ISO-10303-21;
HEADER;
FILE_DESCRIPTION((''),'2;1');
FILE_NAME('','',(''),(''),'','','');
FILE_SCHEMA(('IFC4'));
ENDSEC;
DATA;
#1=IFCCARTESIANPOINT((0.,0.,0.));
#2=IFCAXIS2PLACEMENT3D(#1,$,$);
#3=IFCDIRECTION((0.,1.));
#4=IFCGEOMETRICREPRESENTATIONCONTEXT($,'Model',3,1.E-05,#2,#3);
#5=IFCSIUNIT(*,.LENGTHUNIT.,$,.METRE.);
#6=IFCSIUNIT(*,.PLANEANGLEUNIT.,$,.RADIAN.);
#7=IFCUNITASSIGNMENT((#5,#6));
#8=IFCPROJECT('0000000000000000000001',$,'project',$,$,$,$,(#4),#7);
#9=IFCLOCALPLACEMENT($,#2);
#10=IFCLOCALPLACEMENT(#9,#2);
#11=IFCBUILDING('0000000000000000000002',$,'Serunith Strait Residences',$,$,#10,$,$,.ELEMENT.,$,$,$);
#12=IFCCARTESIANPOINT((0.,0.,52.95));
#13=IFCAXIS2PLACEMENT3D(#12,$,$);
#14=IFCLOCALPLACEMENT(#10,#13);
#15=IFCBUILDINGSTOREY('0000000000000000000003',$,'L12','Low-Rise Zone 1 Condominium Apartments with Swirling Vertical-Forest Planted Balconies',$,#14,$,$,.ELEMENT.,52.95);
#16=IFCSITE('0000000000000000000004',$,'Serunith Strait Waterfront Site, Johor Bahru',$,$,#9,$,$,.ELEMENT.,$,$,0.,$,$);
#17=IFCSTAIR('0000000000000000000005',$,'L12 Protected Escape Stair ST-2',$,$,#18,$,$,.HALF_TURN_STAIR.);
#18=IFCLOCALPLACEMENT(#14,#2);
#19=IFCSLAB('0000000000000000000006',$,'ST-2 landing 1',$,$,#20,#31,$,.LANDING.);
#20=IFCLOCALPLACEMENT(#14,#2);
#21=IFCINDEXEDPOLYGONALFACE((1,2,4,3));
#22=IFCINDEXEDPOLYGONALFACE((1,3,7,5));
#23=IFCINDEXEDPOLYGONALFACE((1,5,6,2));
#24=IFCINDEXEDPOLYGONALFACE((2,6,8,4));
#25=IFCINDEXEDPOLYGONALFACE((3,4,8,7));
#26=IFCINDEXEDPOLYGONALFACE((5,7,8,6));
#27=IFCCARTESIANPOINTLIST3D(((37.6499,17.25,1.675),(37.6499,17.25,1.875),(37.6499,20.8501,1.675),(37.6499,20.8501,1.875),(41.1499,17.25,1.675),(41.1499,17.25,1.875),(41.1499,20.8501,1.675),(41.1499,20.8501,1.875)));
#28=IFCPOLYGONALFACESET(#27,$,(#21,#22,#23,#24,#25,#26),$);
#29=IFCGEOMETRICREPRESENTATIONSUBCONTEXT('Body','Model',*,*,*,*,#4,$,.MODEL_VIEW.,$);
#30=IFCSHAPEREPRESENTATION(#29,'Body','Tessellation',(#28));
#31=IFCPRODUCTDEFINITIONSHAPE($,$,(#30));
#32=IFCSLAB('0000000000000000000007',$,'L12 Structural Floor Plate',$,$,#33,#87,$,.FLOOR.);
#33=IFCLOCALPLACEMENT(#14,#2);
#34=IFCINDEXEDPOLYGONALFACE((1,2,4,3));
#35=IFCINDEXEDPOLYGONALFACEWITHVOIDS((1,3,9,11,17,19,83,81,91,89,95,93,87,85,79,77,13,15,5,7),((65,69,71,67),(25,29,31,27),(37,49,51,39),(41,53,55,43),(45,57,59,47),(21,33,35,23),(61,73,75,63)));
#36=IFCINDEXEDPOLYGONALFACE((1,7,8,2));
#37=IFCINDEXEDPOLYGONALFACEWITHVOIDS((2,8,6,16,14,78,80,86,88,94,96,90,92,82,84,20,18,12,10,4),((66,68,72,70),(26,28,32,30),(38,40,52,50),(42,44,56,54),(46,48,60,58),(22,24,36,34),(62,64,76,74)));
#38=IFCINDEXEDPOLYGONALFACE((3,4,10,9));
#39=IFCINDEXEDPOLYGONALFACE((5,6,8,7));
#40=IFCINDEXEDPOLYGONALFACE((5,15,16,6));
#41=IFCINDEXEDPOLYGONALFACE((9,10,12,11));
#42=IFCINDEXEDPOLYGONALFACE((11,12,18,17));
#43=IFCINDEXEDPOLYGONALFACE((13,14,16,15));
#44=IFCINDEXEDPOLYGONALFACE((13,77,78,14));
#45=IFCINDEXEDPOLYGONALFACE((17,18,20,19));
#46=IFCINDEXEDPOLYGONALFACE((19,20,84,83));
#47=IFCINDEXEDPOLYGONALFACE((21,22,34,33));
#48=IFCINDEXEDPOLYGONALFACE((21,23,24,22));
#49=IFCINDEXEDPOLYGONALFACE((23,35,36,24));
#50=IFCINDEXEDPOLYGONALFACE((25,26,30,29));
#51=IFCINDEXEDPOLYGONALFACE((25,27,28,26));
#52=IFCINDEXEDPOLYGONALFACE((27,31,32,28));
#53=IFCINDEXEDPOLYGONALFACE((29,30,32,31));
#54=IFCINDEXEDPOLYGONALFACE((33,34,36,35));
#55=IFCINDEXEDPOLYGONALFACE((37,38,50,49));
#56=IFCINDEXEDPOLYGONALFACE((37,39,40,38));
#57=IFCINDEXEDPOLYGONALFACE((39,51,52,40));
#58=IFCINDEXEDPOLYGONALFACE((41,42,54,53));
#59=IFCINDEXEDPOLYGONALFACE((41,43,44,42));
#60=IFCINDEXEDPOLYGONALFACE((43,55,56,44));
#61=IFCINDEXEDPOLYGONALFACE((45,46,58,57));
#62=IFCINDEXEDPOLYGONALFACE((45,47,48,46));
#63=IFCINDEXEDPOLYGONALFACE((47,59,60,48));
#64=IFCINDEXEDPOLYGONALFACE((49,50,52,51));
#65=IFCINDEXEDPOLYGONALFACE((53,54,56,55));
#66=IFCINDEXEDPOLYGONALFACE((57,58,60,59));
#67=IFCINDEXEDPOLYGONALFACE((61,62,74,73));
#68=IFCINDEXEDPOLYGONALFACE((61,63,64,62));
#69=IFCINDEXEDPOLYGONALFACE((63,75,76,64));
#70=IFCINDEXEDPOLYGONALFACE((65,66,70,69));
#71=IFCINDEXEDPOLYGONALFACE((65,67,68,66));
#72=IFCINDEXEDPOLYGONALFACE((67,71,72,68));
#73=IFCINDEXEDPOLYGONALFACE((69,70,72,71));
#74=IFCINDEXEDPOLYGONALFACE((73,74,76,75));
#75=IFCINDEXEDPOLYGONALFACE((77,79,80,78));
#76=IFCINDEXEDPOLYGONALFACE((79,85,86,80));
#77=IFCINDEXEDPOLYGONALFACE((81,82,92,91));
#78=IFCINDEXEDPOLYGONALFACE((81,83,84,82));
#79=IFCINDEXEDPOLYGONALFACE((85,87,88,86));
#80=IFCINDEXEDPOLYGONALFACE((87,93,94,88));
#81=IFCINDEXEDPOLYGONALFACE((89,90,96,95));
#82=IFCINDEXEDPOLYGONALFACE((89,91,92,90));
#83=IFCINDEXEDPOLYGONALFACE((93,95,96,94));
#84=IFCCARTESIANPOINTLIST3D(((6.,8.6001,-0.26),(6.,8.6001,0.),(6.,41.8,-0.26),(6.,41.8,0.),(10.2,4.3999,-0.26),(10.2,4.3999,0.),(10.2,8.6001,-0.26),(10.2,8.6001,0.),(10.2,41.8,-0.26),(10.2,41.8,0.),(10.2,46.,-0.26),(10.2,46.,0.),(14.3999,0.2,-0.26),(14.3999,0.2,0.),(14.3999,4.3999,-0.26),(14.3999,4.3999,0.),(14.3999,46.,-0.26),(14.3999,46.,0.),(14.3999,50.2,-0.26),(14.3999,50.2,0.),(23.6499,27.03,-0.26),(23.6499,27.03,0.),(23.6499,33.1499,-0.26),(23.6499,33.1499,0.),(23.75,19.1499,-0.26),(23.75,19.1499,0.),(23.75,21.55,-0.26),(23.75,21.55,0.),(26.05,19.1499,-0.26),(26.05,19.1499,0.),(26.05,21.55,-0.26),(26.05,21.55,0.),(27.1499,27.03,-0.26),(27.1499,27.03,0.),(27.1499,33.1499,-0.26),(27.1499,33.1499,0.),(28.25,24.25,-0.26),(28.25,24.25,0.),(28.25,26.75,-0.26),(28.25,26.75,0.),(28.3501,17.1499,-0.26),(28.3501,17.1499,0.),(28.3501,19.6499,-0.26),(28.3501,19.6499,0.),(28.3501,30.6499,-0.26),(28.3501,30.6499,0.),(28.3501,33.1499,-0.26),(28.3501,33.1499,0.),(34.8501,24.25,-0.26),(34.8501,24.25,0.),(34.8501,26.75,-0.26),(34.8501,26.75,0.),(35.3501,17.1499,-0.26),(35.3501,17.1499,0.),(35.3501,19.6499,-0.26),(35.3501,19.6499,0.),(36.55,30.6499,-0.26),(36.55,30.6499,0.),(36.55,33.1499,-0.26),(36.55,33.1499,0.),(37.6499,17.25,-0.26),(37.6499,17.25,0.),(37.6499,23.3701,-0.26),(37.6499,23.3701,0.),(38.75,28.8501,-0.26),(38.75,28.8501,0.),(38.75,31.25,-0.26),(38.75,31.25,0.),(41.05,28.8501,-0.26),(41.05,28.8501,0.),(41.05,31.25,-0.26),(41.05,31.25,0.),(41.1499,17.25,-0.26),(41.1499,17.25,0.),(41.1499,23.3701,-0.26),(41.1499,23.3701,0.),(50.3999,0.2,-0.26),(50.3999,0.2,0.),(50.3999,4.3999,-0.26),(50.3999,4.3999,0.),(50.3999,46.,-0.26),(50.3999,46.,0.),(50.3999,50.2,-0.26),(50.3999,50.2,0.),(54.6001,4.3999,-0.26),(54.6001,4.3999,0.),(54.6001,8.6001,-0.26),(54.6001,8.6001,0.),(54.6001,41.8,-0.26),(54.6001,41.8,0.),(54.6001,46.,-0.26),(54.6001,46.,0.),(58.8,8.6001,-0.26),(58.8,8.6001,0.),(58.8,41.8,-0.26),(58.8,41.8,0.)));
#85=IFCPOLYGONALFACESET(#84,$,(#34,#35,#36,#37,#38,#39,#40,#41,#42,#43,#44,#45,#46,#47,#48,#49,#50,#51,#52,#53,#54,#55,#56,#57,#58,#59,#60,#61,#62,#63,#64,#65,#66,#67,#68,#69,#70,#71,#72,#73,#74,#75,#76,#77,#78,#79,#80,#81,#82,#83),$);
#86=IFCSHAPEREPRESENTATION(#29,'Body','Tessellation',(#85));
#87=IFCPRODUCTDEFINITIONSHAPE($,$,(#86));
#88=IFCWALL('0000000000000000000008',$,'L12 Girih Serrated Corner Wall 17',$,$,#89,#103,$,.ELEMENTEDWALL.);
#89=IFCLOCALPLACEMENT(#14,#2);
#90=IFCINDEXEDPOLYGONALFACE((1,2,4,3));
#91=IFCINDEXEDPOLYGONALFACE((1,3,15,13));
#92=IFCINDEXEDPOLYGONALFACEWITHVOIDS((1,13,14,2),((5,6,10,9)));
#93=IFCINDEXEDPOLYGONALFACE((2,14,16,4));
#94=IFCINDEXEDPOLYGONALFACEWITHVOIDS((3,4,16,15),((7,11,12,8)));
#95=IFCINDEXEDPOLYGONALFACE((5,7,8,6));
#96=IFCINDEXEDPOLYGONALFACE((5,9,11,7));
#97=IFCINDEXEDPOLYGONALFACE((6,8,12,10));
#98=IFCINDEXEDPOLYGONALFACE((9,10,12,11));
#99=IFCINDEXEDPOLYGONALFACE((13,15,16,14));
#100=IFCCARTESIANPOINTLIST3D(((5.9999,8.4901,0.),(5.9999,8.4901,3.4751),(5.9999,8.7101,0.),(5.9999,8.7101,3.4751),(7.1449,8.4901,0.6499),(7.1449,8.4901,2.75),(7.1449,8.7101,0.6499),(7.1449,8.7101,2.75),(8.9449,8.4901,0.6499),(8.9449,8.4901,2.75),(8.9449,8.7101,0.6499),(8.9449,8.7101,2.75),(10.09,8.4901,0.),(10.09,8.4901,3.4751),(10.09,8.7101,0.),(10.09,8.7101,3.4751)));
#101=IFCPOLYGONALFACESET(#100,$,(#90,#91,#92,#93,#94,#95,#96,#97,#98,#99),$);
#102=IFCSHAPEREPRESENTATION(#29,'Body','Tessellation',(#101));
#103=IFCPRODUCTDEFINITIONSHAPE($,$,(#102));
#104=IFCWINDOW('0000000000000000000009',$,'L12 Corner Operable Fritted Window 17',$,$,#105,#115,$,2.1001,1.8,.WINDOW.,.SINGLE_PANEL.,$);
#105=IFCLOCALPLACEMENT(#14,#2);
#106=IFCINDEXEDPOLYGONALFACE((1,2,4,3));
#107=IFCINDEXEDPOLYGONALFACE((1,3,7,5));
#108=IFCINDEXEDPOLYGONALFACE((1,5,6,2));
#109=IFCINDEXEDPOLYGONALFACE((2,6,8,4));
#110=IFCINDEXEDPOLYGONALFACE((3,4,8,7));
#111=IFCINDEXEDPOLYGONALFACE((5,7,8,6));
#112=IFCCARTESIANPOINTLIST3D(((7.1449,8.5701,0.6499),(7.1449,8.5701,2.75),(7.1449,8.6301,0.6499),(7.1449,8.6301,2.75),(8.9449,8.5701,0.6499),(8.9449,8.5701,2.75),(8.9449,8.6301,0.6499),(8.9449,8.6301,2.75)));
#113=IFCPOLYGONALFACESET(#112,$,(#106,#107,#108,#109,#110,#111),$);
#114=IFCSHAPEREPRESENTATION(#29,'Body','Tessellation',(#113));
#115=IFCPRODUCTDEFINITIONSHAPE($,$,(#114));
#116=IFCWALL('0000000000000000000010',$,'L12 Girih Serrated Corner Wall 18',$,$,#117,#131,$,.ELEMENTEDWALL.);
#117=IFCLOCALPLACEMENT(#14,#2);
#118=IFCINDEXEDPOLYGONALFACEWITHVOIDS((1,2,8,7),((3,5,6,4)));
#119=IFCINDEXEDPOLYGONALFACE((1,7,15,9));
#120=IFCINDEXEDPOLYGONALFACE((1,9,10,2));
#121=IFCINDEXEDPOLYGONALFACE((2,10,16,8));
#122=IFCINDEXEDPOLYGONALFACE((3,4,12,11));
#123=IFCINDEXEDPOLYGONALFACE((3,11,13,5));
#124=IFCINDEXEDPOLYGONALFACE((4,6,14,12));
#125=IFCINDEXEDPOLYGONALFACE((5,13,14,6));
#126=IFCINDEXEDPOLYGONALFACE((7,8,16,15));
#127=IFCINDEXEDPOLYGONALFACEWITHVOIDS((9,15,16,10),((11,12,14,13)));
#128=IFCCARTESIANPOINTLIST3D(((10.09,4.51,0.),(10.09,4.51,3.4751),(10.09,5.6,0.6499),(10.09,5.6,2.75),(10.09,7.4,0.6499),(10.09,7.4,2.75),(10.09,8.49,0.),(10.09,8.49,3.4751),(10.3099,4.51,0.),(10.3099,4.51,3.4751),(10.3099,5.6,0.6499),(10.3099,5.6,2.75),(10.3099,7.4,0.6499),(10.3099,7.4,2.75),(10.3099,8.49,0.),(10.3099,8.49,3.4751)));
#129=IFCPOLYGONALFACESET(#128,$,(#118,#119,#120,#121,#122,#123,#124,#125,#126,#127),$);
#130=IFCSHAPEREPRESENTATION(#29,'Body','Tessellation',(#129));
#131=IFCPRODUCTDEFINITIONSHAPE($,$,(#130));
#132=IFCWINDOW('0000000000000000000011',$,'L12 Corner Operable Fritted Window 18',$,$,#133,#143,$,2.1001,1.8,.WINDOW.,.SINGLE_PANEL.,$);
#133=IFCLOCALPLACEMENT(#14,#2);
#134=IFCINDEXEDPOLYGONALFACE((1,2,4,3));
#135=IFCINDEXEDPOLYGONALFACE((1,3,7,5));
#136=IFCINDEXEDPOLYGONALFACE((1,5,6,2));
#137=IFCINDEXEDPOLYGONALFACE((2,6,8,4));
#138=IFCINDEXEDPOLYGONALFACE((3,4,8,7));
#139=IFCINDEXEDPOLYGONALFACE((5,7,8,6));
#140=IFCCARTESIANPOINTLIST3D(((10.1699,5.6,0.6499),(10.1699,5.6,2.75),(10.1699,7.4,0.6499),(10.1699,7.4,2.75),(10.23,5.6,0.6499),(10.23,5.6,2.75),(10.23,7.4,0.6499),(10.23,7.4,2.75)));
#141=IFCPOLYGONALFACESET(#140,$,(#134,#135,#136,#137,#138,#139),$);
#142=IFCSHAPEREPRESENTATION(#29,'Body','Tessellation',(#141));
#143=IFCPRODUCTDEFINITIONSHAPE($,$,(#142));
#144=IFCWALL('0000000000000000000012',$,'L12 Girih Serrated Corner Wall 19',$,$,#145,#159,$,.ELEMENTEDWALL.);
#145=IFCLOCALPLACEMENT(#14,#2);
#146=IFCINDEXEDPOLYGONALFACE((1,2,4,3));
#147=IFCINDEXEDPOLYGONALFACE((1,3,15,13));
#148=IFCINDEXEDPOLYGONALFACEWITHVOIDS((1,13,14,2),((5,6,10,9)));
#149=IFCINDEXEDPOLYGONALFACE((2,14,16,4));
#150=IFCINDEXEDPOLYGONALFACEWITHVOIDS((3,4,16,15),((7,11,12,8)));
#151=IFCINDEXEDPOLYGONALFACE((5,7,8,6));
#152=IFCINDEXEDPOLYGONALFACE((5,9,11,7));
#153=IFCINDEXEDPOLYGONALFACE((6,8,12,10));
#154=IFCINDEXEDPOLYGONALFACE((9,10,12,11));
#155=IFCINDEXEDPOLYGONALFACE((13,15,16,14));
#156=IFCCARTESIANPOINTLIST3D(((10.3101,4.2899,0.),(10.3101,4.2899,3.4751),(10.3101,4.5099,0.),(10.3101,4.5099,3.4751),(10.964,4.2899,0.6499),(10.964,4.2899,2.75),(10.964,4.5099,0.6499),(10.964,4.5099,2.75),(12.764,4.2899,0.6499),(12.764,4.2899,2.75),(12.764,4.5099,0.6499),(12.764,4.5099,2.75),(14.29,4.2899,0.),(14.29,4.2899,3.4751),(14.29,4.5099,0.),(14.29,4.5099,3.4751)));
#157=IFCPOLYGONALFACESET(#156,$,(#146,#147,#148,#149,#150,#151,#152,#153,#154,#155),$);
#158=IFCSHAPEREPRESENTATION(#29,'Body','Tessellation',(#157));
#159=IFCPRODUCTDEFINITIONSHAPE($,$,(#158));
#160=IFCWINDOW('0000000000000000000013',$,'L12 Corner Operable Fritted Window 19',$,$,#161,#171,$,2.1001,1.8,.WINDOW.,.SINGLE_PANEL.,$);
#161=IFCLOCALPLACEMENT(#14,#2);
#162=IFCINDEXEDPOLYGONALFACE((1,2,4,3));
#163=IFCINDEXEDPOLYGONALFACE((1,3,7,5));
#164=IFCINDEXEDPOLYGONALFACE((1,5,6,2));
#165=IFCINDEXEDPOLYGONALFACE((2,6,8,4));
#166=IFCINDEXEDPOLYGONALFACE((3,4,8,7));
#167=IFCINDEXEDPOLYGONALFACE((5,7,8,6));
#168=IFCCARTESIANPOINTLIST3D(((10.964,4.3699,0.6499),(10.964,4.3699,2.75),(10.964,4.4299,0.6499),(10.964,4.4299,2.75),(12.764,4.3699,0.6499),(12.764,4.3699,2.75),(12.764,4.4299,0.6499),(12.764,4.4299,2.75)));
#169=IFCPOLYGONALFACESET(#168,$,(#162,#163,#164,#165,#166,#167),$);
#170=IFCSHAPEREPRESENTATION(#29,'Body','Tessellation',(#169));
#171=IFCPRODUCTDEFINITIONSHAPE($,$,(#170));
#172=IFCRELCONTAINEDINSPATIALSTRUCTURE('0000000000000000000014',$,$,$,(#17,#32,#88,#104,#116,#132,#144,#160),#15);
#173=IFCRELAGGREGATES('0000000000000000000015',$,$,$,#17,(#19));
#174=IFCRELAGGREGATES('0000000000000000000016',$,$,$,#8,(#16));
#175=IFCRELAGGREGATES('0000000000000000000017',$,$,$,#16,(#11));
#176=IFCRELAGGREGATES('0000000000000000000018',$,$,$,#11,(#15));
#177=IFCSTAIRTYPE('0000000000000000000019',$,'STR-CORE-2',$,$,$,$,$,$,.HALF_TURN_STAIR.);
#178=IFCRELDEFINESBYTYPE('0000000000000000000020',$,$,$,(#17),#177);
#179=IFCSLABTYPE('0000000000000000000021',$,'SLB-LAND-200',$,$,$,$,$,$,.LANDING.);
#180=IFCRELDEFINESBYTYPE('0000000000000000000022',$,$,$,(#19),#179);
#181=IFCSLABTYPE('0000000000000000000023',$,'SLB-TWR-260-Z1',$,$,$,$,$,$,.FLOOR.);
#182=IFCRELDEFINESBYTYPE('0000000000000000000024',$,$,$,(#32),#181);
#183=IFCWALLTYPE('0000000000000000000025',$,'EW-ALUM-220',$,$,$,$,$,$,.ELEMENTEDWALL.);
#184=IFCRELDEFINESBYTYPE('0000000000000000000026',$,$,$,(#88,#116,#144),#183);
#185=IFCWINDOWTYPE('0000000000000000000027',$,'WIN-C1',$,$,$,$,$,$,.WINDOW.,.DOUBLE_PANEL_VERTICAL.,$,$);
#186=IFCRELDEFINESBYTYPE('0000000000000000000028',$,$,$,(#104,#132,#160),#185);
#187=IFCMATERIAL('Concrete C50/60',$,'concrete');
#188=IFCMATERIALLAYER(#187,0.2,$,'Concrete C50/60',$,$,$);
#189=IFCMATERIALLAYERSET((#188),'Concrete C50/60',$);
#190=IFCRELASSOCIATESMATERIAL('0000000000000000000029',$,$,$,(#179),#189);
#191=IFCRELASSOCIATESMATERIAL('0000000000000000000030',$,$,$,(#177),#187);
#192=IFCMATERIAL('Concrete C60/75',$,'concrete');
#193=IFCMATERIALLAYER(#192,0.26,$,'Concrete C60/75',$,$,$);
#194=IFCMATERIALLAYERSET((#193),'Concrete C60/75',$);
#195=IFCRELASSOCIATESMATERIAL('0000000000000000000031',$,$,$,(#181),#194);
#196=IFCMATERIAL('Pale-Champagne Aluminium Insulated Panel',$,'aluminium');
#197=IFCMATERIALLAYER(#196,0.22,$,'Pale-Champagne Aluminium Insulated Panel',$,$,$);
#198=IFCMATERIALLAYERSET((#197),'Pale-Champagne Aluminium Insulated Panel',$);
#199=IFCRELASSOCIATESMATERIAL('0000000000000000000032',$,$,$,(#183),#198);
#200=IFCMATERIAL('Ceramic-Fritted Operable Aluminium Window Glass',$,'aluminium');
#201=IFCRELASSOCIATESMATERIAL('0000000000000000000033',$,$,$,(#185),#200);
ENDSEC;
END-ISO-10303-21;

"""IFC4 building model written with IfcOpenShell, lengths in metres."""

from ifc_helpers import new_model, si_unit, direction, frame, frame_2d, origin, place, context, subcontext, project, spatial, polyline, rectangle, outline, extrude, source, transform, mapped, material, layer, layer_set, type_object, element, fill, aggregate, save


model = new_model("IFC4")

# Units and contexts
model_context = context("Model", 3, precision=1e-05, world=origin(), true_north=direction((0.0, 1.0)))
body_context = subcontext(model_context, "Body", "Model", "MODEL_VIEW")
ifc_project = project(units=[si_unit("LENGTHUNIT", "METRE"), si_unit("PLANEANGLEUNIT", "RADIAN")], contexts=[model_context])

# Site, building, storey
site_placement = place(None, origin())
site = spatial("IfcSite", under=ifc_project, at=site_placement, Name="Serunith Strait Waterfront Site, Johor Bahru", CompositionType="ELEMENT", RefElevation=0.0)
building_placement = place(site_placement, origin())
building = spatial("IfcBuilding", under=site, at=building_placement, Name="Serunith Strait Residences", CompositionType="ELEMENT")
storey_placement = place(building_placement, frame((0.0, 0.0, 52.95)))
storey = spatial("IfcBuildingStorey", under=building, at=storey_placement, Name="L12", Description="Low-Rise Zone 1 Condominium Apartments with Swirling Vertical-Forest Planted Balconies", CompositionType="ELEMENT", Elevation=52.95)

# Shared definitions
ifc_material_1 = material(Name="Concrete C50/60", Category="concrete")

# Stair, slab
ifc_layer_1 = layer(ifc_material_1, 0.2, Name="Concrete C50/60")
ifc_layer_set_1 = layer_set([ifc_layer_1], Name="Concrete C50/60")
slab_type_1 = type_object("IfcSlabType", Name="SLB-LAND-200", PredefinedType="LANDING", material=ifc_layer_set_1)
stair_type_1 = type_object("IfcStairType", Name="STR-CORE-2", PredefinedType="HALF_TURN_STAIR", material=ifc_material_1)
stair_1_placement = place(storey_placement, origin())
stair_1 = element("IfcStair", 1, at=stair_1_placement, inside=storey, type_object=stair_type_1, Name="L12 Protected Escape Stair ST-2", PredefinedType="HALF_TURN_STAIR")
slab_1_placement = place(storey_placement, frame((0.0, 0.0, 1.675)))
slab_1 = element("IfcSlab", 2, at=slab_1_placement, type_object=slab_type_1, Name="ST-2 landing 1", PredefinedType="LANDING", context=body_context, shape_type="SweptSolid", body=[
    extrude(outline(polyline([(37.6499, 20.8501), (37.6499, 17.25), (41.1499, 17.25), (41.1499, 20.8501), (37.6499, 20.8501)])), origin(), (0.0, 0.0, 1.0), 0.2),
])
aggregate(stair_1, [slab_1])

# Slab
ifc_material_2 = material(Name="Concrete C60/75", Category="concrete")
ifc_layer_2 = layer(ifc_material_2, 0.26, Name="Concrete C60/75")
ifc_layer_set_2 = layer_set([ifc_layer_2], Name="Concrete C60/75")
slab_type_2 = type_object("IfcSlabType", Name="SLB-TWR-260-Z1", PredefinedType="FLOOR", material=ifc_layer_set_2)
slab_2_placement = place(storey_placement, frame((0.0, 0.0, -0.26)))
element("IfcSlab", 3, at=slab_2_placement, inside=storey, type_object=slab_type_2, Name="L12 Structural Floor Plate", PredefinedType="FLOOR", context=body_context, shape_type="SweptSolid", body=[
    extrude(outline(polyline([(14.3999, 4.3999), (10.2, 4.3999), (10.2, 8.6001), (6.0, 8.6001), (6.0, 41.8), (10.2, 41.8), (10.2, 46.0), (14.3999, 46.0), (14.3999, 50.2), (50.3999, 50.2), (50.3999, 46.0), (54.6001, 46.0), (54.6001, 41.8), (58.8, 41.8), (58.8, 8.6001), (54.6001, 8.6001), (54.6001, 4.3999), (50.3999, 4.3999), (50.3999, 0.2), (14.3999, 0.2), (14.3999, 4.3999)]), holes=[polyline([(41.1499, 17.25), (41.1499, 23.3701), (37.6499, 23.3701), (37.6499, 17.25), (41.1499, 17.25)]), polyline([(41.05, 31.25), (38.75, 31.25), (38.75, 28.8501), (41.05, 28.8501), (41.05, 31.25)]), polyline([(36.55, 33.1499), (28.3501, 33.1499), (28.3501, 30.6499), (36.55, 30.6499), (36.55, 33.1499)]), polyline([(28.3501, 19.6499), (28.3501, 17.1499), (35.3501, 17.1499), (35.3501, 19.6499), (28.3501, 19.6499)]), polyline([(34.8501, 26.75), (28.25, 26.75), (28.25, 24.25), (34.8501, 24.25), (34.8501, 26.75)]), polyline([(23.6499, 33.1499), (23.6499, 27.03), (27.1499, 27.03), (27.1499, 33.1499), (23.6499, 33.1499)]), polyline([(26.05, 21.55), (23.75, 21.55), (23.75, 19.1499), (26.05, 19.1499), (26.05, 21.55)])]), origin(), (0.0, 0.0, 1.0), 0.26),
])

# Walls, openings, windows
ifc_material_3 = material(Name="Pale-Champagne Aluminium Insulated Panel", Category="aluminium")
ifc_layer_3 = layer(ifc_material_3, 0.22, Name="Pale-Champagne Aluminium Insulated Panel")
ifc_layer_set_3 = layer_set([ifc_layer_3], Name="Pale-Champagne Aluminium Insulated Panel")
wall_type_1 = type_object("IfcWallType", Name="EW-ALUM-220", PredefinedType="ELEMENTEDWALL", material=ifc_layer_set_3)
wall_1_placement = place(storey_placement, frame((6.0, 8.6001, 0.0), z_axis=(0.0, 0.0, 1.0), x_axis=(1.0, 0.0, 0.0)))
wall_1 = element("IfcWall", 4, at=wall_1_placement, inside=storey, type_object=wall_type_1, Name="L12 Girih Serrated Corner Wall 17", PredefinedType="ELEMENTEDWALL", context=body_context, shape_type="SweptSolid", body=[
    extrude(rectangle(XDim=4.0901, YDim=0.22, at=frame_2d((2.0449, 0.0))), origin(), (0.0, 0.0, 1.0), 3.4751),
])
opening_1_placement = place(wall_1_placement, frame((1.145, 0.0, 0.6499)))
opening_1 = element("IfcOpeningElement", 5, at=opening_1_placement, cuts=wall_1, PredefinedType="OPENING", context=body_context, shape_type="SweptSolid", body=[
    extrude(rectangle(XDim=1.8, YDim=2.1001, at=frame_2d((0.8999, 1.05))), frame((0.0, 0.1201, 0.0), z_axis=(0.0, -1.0, 0.0), x_axis=(1.0, 0.0, 0.0)), (0.0, 0.0, 1.0), 0.24),
])
ifc_material_4 = material(Name="Ceramic-Fritted Operable Aluminium Window Glass", Category="aluminium")
window_type = type_object("IfcWindowType", Name="WIN-C1", PartitioningType="DOUBLE_PANEL_VERTICAL", PredefinedType="WINDOW", material=ifc_material_4)
shared_shape_1 = source(origin(), body_context, "Body", "SweptSolid", [
    extrude(rectangle(XDim=1.8, YDim=2.1001, at=frame_2d((0.8999, 1.05))), frame((0.0, 0.03, 0.0), z_axis=(0.0, -1.0, 0.0), x_axis=(1.0, 0.0, 0.0)), (0.0, 0.0, 1.0), 0.0601),
])
window_1_placement = place(opening_1_placement, origin())
window_1 = element("IfcWindow", 6, at=window_1_placement, inside=storey, type_object=window_type, Name="L12 Corner Operable Fritted Window 17", OverallHeight=2.1001, OverallWidth=1.8, PartitioningType="SINGLE_PANEL", PredefinedType="WINDOW", context=body_context, shape_type="MappedRepresentation", body=[
    mapped(shared_shape_1, transform((0.0, 0.0, 0.0), scale=1.0)),
])
fill(opening_1, window_1)
wall_2_placement = place(storey_placement, frame((10.2, 8.49, 0.0), z_axis=(0.0, 0.0, 1.0), x_axis=(0.0, -1.0, 0.0)))
wall_2 = element("IfcWall", 7, at=wall_2_placement, inside=storey, type_object=wall_type_1, Name="L12 Girih Serrated Corner Wall 18", PredefinedType="ELEMENTEDWALL", context=body_context, shape_type="SweptSolid", body=[
    extrude(rectangle(XDim=3.98, YDim=0.22, at=frame_2d((1.99, 0.0))), origin(), (0.0, 0.0, 1.0), 3.4751),
])
opening_2_placement = place(wall_2_placement, frame((1.0901, 0.0, 0.6499)))
opening_2 = element("IfcOpeningElement", 8, at=opening_2_placement, cuts=wall_2, PredefinedType="OPENING", context=body_context, shape_type="SweptSolid", body=[
    extrude(rectangle(XDim=1.8, YDim=2.1001, at=frame_2d((0.8999, 1.05))), frame((0.0, 0.1201, 0.0), z_axis=(0.0, -1.0, 0.0), x_axis=(1.0, 0.0, 0.0)), (0.0, 0.0, 1.0), 0.24),
])
window_2_placement = place(opening_2_placement, origin())
window_2 = element("IfcWindow", 9, at=window_2_placement, inside=storey, type_object=window_type, Name="L12 Corner Operable Fritted Window 18", OverallHeight=2.1001, OverallWidth=1.8, PartitioningType="SINGLE_PANEL", PredefinedType="WINDOW", context=body_context, shape_type="MappedRepresentation", body=[
    mapped(shared_shape_1, transform((0.0, 0.0, 0.0), scale=1.0)),
])
fill(opening_2, window_2)
wall_3_placement = place(storey_placement, frame((10.3101, 4.3999, 0.0), z_axis=(0.0, 0.0, 1.0), x_axis=(1.0, 0.0, 0.0)))
wall_3 = element("IfcWall", 10, at=wall_3_placement, inside=storey, type_object=wall_type_1, Name="L12 Girih Serrated Corner Wall 19", PredefinedType="ELEMENTEDWALL", context=body_context, shape_type="SweptSolid", body=[
    extrude(rectangle(XDim=3.98, YDim=0.22, at=frame_2d((1.99, 0.0))), origin(), (0.0, 0.0, 1.0), 3.4751),
])
opening_3_placement = place(wall_3_placement, frame((0.6541, 0.0, 0.6499)))
opening_3 = element("IfcOpeningElement", 11, at=opening_3_placement, cuts=wall_3, PredefinedType="OPENING", context=body_context, shape_type="SweptSolid", body=[
    extrude(rectangle(XDim=1.8, YDim=2.1001, at=frame_2d((0.8999, 1.05))), frame((0.0, 0.1201, 0.0), z_axis=(0.0, -1.0, 0.0), x_axis=(1.0, 0.0, 0.0)), (0.0, 0.0, 1.0), 0.24),
])
window_3_placement = place(opening_3_placement, origin())
window_3 = element("IfcWindow", 12, at=window_3_placement, inside=storey, type_object=window_type, Name="L12 Corner Operable Fritted Window 19", OverallHeight=2.1001, OverallWidth=1.8, PartitioningType="SINGLE_PANEL", PredefinedType="WINDOW", context=body_context, shape_type="MappedRepresentation", body=[
    mapped(shared_shape_1, transform((0.0, 0.0, 0.0), scale=1.0)),
])
fill(opening_3, window_3)

save(model, "model.ifc")
